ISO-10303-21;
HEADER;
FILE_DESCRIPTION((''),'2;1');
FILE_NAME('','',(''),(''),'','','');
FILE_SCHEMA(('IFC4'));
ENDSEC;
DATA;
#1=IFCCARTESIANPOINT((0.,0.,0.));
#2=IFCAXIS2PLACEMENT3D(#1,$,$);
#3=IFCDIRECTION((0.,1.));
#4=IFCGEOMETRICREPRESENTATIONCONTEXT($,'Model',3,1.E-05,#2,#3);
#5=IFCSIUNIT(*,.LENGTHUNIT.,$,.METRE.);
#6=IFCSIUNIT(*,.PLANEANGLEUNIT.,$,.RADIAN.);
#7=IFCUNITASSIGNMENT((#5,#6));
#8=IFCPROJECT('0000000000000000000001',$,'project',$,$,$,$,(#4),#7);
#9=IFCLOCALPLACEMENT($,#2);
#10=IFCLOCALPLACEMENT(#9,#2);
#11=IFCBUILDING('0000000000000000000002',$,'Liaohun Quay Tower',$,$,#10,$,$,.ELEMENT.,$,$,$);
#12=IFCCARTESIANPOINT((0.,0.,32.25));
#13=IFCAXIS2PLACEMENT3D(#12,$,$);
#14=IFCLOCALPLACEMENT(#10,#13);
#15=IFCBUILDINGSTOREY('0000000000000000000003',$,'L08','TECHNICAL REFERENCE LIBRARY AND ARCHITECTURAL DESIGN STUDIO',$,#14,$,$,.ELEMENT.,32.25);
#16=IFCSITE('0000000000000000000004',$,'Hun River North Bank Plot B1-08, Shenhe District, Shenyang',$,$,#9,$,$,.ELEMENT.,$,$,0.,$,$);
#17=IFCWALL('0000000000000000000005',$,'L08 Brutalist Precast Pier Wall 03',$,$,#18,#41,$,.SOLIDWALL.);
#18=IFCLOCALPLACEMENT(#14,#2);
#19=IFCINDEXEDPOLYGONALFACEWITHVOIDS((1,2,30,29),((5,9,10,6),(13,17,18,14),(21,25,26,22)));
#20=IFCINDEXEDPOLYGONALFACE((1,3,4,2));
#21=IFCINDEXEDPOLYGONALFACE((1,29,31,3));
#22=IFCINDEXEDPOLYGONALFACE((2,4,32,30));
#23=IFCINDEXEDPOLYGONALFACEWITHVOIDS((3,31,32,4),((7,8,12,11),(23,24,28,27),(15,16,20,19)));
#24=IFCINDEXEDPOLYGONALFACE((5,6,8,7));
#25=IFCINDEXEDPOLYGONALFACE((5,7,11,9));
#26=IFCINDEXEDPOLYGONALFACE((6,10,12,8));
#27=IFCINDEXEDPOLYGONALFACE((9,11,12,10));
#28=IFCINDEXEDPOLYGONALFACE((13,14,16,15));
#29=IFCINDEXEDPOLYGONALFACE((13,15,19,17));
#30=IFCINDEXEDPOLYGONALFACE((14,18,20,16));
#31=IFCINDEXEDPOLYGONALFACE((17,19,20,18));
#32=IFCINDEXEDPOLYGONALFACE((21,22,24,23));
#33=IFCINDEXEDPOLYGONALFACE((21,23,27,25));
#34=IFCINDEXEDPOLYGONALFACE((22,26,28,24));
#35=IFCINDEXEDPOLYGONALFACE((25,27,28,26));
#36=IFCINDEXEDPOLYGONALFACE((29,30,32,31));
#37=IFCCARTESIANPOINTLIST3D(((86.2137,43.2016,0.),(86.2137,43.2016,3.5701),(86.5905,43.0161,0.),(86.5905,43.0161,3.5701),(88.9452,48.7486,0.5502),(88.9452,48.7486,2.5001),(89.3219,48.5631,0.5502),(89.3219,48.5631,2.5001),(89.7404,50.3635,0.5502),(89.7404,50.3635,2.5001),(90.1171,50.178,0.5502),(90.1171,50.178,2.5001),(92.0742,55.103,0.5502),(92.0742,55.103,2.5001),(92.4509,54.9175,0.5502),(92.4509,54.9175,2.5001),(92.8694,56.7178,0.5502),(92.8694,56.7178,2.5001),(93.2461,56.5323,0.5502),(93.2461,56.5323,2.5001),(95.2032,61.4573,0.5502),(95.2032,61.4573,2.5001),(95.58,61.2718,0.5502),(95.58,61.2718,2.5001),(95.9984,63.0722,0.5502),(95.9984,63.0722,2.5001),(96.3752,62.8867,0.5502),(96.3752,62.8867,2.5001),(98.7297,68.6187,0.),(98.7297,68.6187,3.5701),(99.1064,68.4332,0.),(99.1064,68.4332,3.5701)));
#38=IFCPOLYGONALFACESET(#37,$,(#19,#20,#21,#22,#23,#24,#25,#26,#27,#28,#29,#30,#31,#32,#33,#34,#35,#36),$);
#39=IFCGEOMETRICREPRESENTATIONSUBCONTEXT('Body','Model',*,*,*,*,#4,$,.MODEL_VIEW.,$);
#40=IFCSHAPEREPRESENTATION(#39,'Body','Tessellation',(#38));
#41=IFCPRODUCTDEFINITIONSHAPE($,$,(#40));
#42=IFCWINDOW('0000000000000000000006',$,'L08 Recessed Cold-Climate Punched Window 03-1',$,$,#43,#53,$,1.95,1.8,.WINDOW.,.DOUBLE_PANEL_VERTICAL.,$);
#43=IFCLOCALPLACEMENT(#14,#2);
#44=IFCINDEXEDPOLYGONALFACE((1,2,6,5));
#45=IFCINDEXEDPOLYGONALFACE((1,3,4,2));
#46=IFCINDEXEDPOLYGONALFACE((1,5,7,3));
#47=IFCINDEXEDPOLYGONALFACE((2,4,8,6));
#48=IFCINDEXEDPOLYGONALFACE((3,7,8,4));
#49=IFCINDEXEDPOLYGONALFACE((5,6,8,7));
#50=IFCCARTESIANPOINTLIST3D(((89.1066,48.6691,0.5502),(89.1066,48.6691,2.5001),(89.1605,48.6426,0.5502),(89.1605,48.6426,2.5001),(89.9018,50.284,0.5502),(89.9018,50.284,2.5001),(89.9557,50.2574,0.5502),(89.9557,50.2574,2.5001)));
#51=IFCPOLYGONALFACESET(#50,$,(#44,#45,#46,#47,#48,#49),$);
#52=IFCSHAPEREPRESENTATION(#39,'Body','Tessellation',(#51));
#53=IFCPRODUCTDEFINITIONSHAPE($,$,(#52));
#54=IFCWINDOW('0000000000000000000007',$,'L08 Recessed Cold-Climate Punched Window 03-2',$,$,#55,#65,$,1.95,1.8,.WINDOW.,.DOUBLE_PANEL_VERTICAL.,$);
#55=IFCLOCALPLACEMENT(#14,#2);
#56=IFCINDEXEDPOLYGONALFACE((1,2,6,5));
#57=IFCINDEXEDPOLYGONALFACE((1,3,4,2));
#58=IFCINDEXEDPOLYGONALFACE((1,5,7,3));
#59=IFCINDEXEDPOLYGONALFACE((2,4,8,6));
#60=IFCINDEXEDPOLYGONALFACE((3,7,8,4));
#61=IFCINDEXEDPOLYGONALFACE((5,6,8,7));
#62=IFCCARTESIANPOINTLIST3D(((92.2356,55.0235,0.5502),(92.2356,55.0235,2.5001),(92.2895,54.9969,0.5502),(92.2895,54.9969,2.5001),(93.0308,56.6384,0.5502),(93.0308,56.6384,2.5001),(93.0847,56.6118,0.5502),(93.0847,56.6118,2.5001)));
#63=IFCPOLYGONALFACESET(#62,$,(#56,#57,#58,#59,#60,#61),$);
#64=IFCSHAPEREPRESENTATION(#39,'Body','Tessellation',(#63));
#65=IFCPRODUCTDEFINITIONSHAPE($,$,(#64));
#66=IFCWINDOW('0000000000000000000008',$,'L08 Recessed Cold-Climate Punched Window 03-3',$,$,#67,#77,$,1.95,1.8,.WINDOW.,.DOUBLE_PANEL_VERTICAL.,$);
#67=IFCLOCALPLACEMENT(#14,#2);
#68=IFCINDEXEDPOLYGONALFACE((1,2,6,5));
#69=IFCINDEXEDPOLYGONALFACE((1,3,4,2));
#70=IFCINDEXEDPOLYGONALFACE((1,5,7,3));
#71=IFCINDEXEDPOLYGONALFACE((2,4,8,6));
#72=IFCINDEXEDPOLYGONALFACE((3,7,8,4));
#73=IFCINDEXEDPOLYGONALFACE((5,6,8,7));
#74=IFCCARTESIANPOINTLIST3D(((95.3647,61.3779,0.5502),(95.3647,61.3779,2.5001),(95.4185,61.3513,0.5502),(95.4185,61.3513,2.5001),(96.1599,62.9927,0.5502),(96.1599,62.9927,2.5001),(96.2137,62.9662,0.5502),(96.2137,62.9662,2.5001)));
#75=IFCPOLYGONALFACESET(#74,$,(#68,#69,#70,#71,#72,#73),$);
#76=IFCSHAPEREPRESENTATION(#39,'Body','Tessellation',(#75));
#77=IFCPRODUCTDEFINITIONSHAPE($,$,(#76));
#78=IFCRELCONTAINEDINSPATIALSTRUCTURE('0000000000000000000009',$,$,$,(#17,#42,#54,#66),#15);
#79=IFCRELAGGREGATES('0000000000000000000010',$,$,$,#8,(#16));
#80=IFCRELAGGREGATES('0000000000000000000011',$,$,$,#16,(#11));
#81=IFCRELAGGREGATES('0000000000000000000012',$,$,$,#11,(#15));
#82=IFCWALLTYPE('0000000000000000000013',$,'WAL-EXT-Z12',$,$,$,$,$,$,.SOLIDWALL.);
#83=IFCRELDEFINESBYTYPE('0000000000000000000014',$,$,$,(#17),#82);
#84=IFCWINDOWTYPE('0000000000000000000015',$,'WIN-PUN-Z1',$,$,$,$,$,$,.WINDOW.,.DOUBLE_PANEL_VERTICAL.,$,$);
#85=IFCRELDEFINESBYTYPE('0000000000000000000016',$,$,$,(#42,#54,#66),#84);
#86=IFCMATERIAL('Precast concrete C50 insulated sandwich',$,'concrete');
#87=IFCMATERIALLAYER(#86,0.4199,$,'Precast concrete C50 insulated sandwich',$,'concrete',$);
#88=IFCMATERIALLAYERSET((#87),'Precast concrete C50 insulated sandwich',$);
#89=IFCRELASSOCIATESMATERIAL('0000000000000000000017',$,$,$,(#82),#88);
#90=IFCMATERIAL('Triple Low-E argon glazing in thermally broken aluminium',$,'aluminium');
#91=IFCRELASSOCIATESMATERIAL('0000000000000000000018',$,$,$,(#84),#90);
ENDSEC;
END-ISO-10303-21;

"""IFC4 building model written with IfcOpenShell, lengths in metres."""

from ifc_helpers import new_model, si_unit, direction, frame, frame_2d, origin, place, context, subcontext, project, spatial, rectangle, extrude, source, transform, mapped, material, layer, layer_set, type_object, element, fill, save


model = new_model("IFC4")

# Units and contexts
model_context = context("Model", 3, precision=1e-05, world=origin(), true_north=direction((0.0, 1.0)))
body_context = subcontext(model_context, "Body", "Model", "MODEL_VIEW")
ifc_project = project(units=[si_unit("LENGTHUNIT", "METRE"), si_unit("PLANEANGLEUNIT", "RADIAN")], contexts=[model_context])

# Site, building, storey
site_placement = place(None, origin())
site = spatial("IfcSite", under=ifc_project, at=site_placement, Name="Hun River North Bank Plot B1-08, Shenhe District, Shenyang", CompositionType="ELEMENT", RefElevation=0.0)
building_placement = place(site_placement, origin())
building = spatial("IfcBuilding", under=site, at=building_placement, Name="Liaohun Quay Tower", CompositionType="ELEMENT")
storey_placement = place(building_placement, frame((0.0, 0.0, 32.25)))
storey = spatial("IfcBuildingStorey", under=building, at=storey_placement, Name="L08", Description="TECHNICAL REFERENCE LIBRARY AND ARCHITECTURAL DESIGN STUDIO", CompositionType="ELEMENT", Elevation=32.25)

# Shared definitions
ifc_material_1 = material(Name="Precast concrete C50 insulated sandwich", Category="concrete")
ifc_layer_1 = layer(ifc_material_1, 0.4199, Name="Precast concrete C50 insulated sandwich", Category="concrete")
ifc_layer_set_1 = layer_set([ifc_layer_1], Name="Precast concrete C50 insulated sandwich")
wall_type_1 = type_object("IfcWallType", Name="WAL-EXT-Z12", PredefinedType="SOLIDWALL", material=ifc_layer_set_1)

# Wall, openings, windows
shared_shape_1 = source(origin(), body_context, "Body", "SweptSolid", [
    extrude(rectangle(XDim=1.8, YDim=1.95, at=frame_2d((0.8999, 0.9751))), frame((0.0, 0.22, 0.0), z_axis=(0.0, -1.0, 0.0), x_axis=(1.0, 0.0, 0.0)), (0.0, 0.0, 1.0), 0.4399),
])
ifc_material_2 = material(Name="Triple Low-E argon glazing in thermally broken aluminium", Category="aluminium")
window_type_1 = type_object("IfcWindowType", Name="WIN-PUN-Z1", PartitioningType="DOUBLE_PANEL_VERTICAL", PredefinedType="WINDOW", material=ifc_material_2)
shared_shape_2 = source(origin(), body_context, "Body", "SweptSolid", [
    extrude(rectangle(XDim=1.8, YDim=1.95, at=frame_2d((0.8999, 0.9751))), frame((0.0, 0.03, 0.0), z_axis=(0.0, -1.0, 0.0), x_axis=(1.0, 0.0, 0.0)), (0.0, 0.0, 1.0), 0.0601),
])
wall_1_placement = place(storey_placement, frame((86.4021, 43.1089, 0.0), z_axis=(0.0, 0.0, 1.0), x_axis=(0.441766, 0.89713, 0.0)))
wall_1 = element("IfcWall", 1, at=wall_1_placement, inside=storey, type_object=wall_type_1, Name="L08 Brutalist Precast Pier Wall 03", PredefinedType="SOLIDWALL", context=body_context, shape_type="SweptSolid", body=[
    extrude(rectangle(XDim=28.3315, YDim=0.4199, at=frame_2d((14.1658, 0.0))), origin(), (0.0, 0.0, 1.0), 3.5701),
])
opening_1_placement = place(wall_1_placement, frame((6.1831, 0.0, 0.55)))
opening_1 = element("IfcOpeningElement", 2, at=opening_1_placement, cuts=wall_1, PredefinedType="OPENING", context=body_context, shape_type="MappedRepresentation", body=[
    mapped(shared_shape_1, transform((0.0, 0.0, 0.0), x_axis=(1.0, 0.0, 0.0), y_axis=(0.0, 1.0, 0.0), z_axis=(0.0, 0.0, 1.0), scale=1.0)),
])
opening_2_placement = place(wall_1_placement, frame((13.2661, 0.0, 0.55)))
opening_2 = element("IfcOpeningElement", 3, at=opening_2_placement, cuts=wall_1, PredefinedType="OPENING", context=body_context, shape_type="MappedRepresentation", body=[
    mapped(shared_shape_1, transform((0.0, 0.0, 0.0), x_axis=(1.0, 0.0, 0.0), y_axis=(0.0, 1.0, 0.0), z_axis=(0.0, 0.0, 1.0), scale=1.0)),
])
opening_3_placement = place(wall_1_placement, frame((20.3491, 0.0, 0.55)))
opening_3 = element("IfcOpeningElement", 4, at=opening_3_placement, cuts=wall_1, PredefinedType="OPENING", context=body_context, shape_type="MappedRepresentation", body=[
    mapped(shared_shape_1, transform((0.0, 0.0, 0.0), x_axis=(1.0, 0.0, 0.0), y_axis=(0.0, 1.0, 0.0), z_axis=(0.0, 0.0, 1.0), scale=1.0)),
])
window_1_placement = place(opening_1_placement, origin())
window_1 = element("IfcWindow", 5, at=window_1_placement, inside=storey, type_object=window_type_1, Name="L08 Recessed Cold-Climate Punched Window 03-1", OverallHeight=1.95, OverallWidth=1.8, PartitioningType="DOUBLE_PANEL_VERTICAL", PredefinedType="WINDOW", context=body_context, shape_type="MappedRepresentation", body=[
    mapped(shared_shape_2, transform((0.0, 0.0, 0.0), x_axis=(1.0, 0.0, 0.0), y_axis=(0.0, 1.0, 0.0), z_axis=(0.0, 0.0, 1.0), scale=1.0)),
])
fill(opening_1, window_1)
window_2_placement = place(opening_2_placement, origin())
window_2 = element("IfcWindow", 6, at=window_2_placement, inside=storey, type_object=window_type_1, Name="L08 Recessed Cold-Climate Punched Window 03-2", OverallHeight=1.95, OverallWidth=1.8, PartitioningType="DOUBLE_PANEL_VERTICAL", PredefinedType="WINDOW", context=body_context, shape_type="MappedRepresentation", body=[
    mapped(shared_shape_2, transform((0.0, 0.0, 0.0), x_axis=(1.0, 0.0, 0.0), y_axis=(0.0, 1.0, 0.0), z_axis=(0.0, 0.0, 1.0), scale=1.0)),
])
fill(opening_2, window_2)
window_3_placement = place(opening_3_placement, origin())
window_3 = element("IfcWindow", 7, at=window_3_placement, inside=storey, type_object=window_type_1, Name="L08 Recessed Cold-Climate Punched Window 03-3", OverallHeight=1.95, OverallWidth=1.8, PartitioningType="DOUBLE_PANEL_VERTICAL", PredefinedType="WINDOW", context=body_context, shape_type="MappedRepresentation", body=[
    mapped(shared_shape_2, transform((0.0, 0.0, 0.0), x_axis=(1.0, 0.0, 0.0), y_axis=(0.0, 1.0, 0.0), z_axis=(0.0, 0.0, 1.0), scale=1.0)),
])
fill(opening_3, window_3)

save(model, "model.ifc")
